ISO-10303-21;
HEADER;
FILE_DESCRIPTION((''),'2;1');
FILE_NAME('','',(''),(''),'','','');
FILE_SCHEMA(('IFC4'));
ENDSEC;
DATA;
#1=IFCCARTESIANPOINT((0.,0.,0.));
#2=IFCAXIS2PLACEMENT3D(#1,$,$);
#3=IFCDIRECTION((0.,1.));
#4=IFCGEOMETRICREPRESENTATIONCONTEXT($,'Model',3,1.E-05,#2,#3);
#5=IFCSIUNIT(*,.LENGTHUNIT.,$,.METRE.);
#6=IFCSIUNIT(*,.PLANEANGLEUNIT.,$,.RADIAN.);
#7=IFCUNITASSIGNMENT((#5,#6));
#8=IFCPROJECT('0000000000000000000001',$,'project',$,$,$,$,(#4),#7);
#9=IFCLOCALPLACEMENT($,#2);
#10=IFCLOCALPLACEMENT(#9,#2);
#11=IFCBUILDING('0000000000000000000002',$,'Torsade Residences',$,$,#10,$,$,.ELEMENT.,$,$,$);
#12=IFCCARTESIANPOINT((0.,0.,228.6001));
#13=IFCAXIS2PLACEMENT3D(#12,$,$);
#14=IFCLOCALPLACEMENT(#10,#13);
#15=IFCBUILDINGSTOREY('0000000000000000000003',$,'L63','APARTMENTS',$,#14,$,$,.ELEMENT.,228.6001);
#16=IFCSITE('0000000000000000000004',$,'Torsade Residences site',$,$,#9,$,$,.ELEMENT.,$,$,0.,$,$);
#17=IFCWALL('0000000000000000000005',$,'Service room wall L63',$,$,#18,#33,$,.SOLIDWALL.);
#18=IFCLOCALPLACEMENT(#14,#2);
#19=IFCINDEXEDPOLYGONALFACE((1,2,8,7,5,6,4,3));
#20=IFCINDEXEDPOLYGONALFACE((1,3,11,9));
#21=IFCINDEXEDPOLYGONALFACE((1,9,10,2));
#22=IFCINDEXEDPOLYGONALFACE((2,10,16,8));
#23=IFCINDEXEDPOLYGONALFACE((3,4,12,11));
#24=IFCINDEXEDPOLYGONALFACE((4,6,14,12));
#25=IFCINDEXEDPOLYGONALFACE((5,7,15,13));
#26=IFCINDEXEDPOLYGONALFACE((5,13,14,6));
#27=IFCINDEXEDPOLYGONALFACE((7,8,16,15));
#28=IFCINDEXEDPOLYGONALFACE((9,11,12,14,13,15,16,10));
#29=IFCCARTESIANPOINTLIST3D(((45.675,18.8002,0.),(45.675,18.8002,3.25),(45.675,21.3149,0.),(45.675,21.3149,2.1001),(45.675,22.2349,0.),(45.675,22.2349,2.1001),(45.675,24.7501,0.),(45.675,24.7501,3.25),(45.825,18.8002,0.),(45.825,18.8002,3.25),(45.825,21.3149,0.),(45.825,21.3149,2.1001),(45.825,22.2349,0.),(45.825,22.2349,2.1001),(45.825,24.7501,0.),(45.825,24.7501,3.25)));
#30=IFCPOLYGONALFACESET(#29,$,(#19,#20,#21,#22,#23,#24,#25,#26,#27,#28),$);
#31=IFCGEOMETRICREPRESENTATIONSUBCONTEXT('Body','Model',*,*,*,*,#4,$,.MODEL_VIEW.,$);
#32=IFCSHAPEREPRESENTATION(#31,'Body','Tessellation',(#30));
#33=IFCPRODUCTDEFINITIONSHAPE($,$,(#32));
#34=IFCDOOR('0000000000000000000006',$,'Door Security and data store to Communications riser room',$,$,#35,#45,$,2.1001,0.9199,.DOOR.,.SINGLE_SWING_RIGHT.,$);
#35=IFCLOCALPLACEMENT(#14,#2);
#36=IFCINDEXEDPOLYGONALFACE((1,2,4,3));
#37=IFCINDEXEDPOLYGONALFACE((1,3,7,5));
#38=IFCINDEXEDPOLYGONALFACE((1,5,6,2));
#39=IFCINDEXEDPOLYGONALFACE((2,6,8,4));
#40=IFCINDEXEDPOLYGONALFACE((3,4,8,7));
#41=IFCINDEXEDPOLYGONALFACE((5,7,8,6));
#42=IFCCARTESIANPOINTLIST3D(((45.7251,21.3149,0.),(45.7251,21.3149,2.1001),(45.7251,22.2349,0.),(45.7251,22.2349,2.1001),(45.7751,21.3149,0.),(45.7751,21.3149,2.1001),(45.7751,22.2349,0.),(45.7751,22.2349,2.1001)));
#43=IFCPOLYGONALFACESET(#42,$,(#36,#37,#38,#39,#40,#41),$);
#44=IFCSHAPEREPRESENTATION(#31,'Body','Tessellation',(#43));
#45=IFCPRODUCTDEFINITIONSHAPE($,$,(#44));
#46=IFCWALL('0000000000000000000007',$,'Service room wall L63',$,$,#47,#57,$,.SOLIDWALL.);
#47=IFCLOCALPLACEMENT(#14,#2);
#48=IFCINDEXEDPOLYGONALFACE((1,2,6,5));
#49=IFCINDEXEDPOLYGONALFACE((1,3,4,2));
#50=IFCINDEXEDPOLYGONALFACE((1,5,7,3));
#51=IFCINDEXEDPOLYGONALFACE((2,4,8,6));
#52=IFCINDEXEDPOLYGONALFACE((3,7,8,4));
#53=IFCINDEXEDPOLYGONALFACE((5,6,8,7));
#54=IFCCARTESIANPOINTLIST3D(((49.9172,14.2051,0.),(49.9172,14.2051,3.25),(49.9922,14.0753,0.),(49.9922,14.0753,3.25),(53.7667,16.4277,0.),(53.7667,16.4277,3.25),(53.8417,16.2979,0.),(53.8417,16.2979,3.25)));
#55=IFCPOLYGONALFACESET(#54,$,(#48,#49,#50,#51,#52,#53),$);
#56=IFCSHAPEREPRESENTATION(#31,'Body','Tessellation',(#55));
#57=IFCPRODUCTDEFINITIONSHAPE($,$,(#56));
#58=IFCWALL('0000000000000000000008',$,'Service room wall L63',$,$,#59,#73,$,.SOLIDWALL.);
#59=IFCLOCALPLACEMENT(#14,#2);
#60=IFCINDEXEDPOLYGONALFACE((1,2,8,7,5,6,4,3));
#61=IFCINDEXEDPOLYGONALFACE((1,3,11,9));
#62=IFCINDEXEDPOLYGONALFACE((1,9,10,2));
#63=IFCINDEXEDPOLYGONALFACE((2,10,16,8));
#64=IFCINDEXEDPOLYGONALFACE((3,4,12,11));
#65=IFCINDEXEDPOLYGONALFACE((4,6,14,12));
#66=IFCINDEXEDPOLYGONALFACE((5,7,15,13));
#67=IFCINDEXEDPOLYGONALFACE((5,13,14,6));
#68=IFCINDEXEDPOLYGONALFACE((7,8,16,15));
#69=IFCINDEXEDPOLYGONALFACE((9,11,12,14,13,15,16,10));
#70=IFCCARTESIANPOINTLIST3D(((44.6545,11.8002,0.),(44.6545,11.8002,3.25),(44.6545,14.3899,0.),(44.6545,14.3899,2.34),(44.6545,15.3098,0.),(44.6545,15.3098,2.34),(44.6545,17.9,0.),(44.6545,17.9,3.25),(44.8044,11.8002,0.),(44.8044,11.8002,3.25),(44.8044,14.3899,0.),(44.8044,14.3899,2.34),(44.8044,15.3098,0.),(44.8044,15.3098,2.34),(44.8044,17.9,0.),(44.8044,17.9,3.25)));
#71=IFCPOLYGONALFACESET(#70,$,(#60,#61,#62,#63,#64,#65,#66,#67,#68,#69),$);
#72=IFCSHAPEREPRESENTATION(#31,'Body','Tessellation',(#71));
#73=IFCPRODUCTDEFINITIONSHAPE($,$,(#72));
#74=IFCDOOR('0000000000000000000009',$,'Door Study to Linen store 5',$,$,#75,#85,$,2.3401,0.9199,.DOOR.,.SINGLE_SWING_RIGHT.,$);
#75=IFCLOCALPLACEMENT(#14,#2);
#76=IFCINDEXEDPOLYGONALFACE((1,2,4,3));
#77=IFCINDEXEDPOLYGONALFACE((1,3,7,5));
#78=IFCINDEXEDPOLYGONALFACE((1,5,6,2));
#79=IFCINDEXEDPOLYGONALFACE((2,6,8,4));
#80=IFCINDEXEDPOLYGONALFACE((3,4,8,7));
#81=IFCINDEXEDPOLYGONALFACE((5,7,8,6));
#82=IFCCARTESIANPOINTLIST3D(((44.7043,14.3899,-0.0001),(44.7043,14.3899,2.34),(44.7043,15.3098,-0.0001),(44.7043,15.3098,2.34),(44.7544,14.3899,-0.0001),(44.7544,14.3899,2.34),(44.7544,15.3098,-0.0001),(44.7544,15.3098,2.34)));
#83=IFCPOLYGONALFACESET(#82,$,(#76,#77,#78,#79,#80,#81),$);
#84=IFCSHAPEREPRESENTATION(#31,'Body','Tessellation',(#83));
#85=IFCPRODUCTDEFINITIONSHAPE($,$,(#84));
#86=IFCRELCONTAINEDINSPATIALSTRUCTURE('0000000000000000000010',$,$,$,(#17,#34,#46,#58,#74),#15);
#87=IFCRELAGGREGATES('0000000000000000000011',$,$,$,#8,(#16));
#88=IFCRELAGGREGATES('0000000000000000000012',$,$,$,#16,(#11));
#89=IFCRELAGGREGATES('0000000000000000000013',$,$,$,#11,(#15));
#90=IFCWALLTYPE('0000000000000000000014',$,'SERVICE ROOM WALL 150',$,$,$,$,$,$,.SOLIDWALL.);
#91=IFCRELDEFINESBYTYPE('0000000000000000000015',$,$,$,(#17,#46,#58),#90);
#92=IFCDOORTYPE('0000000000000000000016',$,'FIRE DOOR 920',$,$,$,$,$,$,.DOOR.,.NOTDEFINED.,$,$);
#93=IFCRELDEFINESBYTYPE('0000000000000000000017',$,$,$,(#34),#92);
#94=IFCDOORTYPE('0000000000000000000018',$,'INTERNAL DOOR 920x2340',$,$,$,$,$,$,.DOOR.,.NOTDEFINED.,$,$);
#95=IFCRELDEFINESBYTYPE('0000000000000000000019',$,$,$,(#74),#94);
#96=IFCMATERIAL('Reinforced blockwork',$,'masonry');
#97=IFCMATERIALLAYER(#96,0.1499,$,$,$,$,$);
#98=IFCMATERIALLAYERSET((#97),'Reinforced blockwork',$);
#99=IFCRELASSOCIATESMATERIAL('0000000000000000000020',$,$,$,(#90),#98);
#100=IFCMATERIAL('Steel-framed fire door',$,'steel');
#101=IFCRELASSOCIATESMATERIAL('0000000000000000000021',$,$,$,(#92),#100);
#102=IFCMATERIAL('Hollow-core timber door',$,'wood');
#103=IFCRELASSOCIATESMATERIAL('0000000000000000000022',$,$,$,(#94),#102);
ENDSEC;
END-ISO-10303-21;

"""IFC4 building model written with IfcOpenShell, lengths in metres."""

from ifc_helpers import new_model, si_unit, direction, frame, frame_2d, origin, place, context, subcontext, project, spatial, rectangle, extrude, material, layer, layer_set, type_object, element, fill, save


model = new_model("IFC4")

# Units and contexts
model_context = context("Model", 3, precision=1e-05, world=origin(), true_north=direction((0.0, 1.0)))
body_context = subcontext(model_context, "Body", "Model", "MODEL_VIEW")
ifc_project = project(units=[si_unit("LENGTHUNIT", "METRE"), si_unit("PLANEANGLEUNIT", "RADIAN")], contexts=[model_context])

# Site, building, storey
site_placement = place(None, origin())
site = spatial("IfcSite", under=ifc_project, at=site_placement, Name="Torsade Residences site", CompositionType="ELEMENT", RefElevation=0.0)
building_placement = place(site_placement, origin())
building = spatial("IfcBuilding", under=site, at=building_placement, Name="Torsade Residences", CompositionType="ELEMENT")
storey_placement = place(building_placement, frame((0.0, 0.0, 228.6001)))
storey = spatial("IfcBuildingStorey", under=building, at=storey_placement, Name="L63", Description="APARTMENTS", CompositionType="ELEMENT", Elevation=228.6001)

# Wall, opening, door
ifc_material_1 = material(Name="Reinforced blockwork", Category="masonry")
ifc_layer_1 = layer(ifc_material_1, 0.1499)
ifc_layer_set_1 = layer_set([ifc_layer_1], Name="Reinforced blockwork")
wall_type_1 = type_object("IfcWallType", Name="SERVICE ROOM WALL 150", PredefinedType="SOLIDWALL", material=ifc_layer_set_1)
wall_1_placement = place(storey_placement, frame((45.75, 18.8, 0.0), z_axis=(0.0, 0.0, 1.0), x_axis=(0.0, 1.0, 0.0)))
wall_1 = element("IfcWall", 1, at=wall_1_placement, inside=storey, type_object=wall_type_1, Name="Service room wall L63", PredefinedType="SOLIDWALL", context=body_context, shape_type="SweptSolid", body=[
    extrude(rectangle(XDim=5.95, YDim=0.1499, at=frame_2d((2.9751, 0.0))), origin(), (0.0, 0.0, 1.0), 3.25),
])
opening_1_placement = place(wall_1_placement, frame((2.5149, 0.0, 0.0)))
opening_1 = element("IfcOpeningElement", 2, at=opening_1_placement, cuts=wall_1, PredefinedType="OPENING", context=body_context, shape_type="SweptSolid", body=[
    extrude(rectangle(XDim=0.9199, YDim=2.1001, at=frame_2d((0.46, 1.05))), frame((0.0, 0.085, 0.0), z_axis=(0.0, -1.0, 0.0), x_axis=(1.0, 0.0, 0.0)), (0.0, 0.0, 1.0), 0.1699),
])
ifc_material_2 = material(Name="Steel-framed fire door", Category="steel")
door_type_1 = type_object("IfcDoorType", Name="FIRE DOOR 920", OperationType="NOTDEFINED", PredefinedType="DOOR", material=ifc_material_2)
door_1_placement = place(opening_1_placement, origin())
door_1 = element("IfcDoor", 3, at=door_1_placement, inside=storey, type_object=door_type_1, Name="Door Security and data store to Communications riser room", OperationType="SINGLE_SWING_RIGHT", OverallHeight=2.1001, OverallWidth=0.9199, PredefinedType="DOOR", context=body_context, shape_type="SweptSolid", body=[
    extrude(rectangle(XDim=0.9199, YDim=2.1001, at=frame_2d((0.46, 1.05))), frame((0.0, 0.0249, 0.0), z_axis=(0.0, -1.0, 0.0), x_axis=(1.0, 0.0, 0.0)), (0.0, 0.0, 1.0), 0.05),
])
fill(opening_1, door_1)

# Wall
wall_2_placement = place(storey_placement, frame((49.9546, 14.1401, 0.0), z_axis=(0.0, 0.0, 1.0), x_axis=(0.866017, 0.500014, 0.0)))
element("IfcWall", 4, at=wall_2_placement, inside=storey, type_object=wall_type_1, Name="Service room wall L63", PredefinedType="SOLIDWALL", context=body_context, shape_type="SweptSolid", body=[
    extrude(rectangle(XDim=4.4451, YDim=0.1499, at=frame_2d((2.2227, 0.0))), origin(), (0.0, 0.0, 1.0), 3.25),
])

# Wall, opening, door
wall_3_placement = place(storey_placement, frame((44.7295, 17.8999, 0.0), z_axis=(0.0, 0.0, 1.0), x_axis=(0.0, -1.0, 0.0)))
wall_3 = element("IfcWall", 5, at=wall_3_placement, inside=storey, type_object=wall_type_1, Name="Service room wall L63", PredefinedType="SOLIDWALL", context=body_context, shape_type="SweptSolid", body=[
    extrude(rectangle(XDim=6.0999, YDim=0.1499, at=frame_2d((3.0498, 0.0))), origin(), (0.0, 0.0, 1.0), 3.25),
])
opening_2_placement = place(wall_3_placement, frame((2.5901, 0.0, 0.0)))
opening_2 = element("IfcOpeningElement", 6, at=opening_2_placement, cuts=wall_3, PredefinedType="OPENING", context=body_context, shape_type="SweptSolid", body=[
    extrude(rectangle(XDim=0.9199, YDim=2.3401, at=frame_2d((0.46, 1.1699))), frame((0.0, 0.085, 0.0), z_axis=(0.0, -1.0, 0.0), x_axis=(1.0, 0.0, 0.0)), (0.0, 0.0, 1.0), 0.1699),
])
ifc_material_3 = material(Name="Hollow-core timber door", Category="wood")
door_type_2 = type_object("IfcDoorType", Name="INTERNAL DOOR 920x2340", OperationType="NOTDEFINED", PredefinedType="DOOR", material=ifc_material_3)
door_2_placement = place(opening_2_placement, origin())
door_2 = element("IfcDoor", 7, at=door_2_placement, inside=storey, type_object=door_type_2, Name="Door Study to Linen store 5", OperationType="SINGLE_SWING_RIGHT", OverallHeight=2.3401, OverallWidth=0.9199, PredefinedType="DOOR", context=body_context, shape_type="SweptSolid", body=[
    extrude(rectangle(XDim=0.9199, YDim=2.3401, at=frame_2d((0.46, 1.1699))), frame((0.0, 0.0249, 0.0), z_axis=(0.0, -1.0, 0.0), x_axis=(1.0, 0.0, 0.0)), (0.0, 0.0, 1.0), 0.05),
])
fill(opening_2, door_2)

save(model, "model.ifc")
